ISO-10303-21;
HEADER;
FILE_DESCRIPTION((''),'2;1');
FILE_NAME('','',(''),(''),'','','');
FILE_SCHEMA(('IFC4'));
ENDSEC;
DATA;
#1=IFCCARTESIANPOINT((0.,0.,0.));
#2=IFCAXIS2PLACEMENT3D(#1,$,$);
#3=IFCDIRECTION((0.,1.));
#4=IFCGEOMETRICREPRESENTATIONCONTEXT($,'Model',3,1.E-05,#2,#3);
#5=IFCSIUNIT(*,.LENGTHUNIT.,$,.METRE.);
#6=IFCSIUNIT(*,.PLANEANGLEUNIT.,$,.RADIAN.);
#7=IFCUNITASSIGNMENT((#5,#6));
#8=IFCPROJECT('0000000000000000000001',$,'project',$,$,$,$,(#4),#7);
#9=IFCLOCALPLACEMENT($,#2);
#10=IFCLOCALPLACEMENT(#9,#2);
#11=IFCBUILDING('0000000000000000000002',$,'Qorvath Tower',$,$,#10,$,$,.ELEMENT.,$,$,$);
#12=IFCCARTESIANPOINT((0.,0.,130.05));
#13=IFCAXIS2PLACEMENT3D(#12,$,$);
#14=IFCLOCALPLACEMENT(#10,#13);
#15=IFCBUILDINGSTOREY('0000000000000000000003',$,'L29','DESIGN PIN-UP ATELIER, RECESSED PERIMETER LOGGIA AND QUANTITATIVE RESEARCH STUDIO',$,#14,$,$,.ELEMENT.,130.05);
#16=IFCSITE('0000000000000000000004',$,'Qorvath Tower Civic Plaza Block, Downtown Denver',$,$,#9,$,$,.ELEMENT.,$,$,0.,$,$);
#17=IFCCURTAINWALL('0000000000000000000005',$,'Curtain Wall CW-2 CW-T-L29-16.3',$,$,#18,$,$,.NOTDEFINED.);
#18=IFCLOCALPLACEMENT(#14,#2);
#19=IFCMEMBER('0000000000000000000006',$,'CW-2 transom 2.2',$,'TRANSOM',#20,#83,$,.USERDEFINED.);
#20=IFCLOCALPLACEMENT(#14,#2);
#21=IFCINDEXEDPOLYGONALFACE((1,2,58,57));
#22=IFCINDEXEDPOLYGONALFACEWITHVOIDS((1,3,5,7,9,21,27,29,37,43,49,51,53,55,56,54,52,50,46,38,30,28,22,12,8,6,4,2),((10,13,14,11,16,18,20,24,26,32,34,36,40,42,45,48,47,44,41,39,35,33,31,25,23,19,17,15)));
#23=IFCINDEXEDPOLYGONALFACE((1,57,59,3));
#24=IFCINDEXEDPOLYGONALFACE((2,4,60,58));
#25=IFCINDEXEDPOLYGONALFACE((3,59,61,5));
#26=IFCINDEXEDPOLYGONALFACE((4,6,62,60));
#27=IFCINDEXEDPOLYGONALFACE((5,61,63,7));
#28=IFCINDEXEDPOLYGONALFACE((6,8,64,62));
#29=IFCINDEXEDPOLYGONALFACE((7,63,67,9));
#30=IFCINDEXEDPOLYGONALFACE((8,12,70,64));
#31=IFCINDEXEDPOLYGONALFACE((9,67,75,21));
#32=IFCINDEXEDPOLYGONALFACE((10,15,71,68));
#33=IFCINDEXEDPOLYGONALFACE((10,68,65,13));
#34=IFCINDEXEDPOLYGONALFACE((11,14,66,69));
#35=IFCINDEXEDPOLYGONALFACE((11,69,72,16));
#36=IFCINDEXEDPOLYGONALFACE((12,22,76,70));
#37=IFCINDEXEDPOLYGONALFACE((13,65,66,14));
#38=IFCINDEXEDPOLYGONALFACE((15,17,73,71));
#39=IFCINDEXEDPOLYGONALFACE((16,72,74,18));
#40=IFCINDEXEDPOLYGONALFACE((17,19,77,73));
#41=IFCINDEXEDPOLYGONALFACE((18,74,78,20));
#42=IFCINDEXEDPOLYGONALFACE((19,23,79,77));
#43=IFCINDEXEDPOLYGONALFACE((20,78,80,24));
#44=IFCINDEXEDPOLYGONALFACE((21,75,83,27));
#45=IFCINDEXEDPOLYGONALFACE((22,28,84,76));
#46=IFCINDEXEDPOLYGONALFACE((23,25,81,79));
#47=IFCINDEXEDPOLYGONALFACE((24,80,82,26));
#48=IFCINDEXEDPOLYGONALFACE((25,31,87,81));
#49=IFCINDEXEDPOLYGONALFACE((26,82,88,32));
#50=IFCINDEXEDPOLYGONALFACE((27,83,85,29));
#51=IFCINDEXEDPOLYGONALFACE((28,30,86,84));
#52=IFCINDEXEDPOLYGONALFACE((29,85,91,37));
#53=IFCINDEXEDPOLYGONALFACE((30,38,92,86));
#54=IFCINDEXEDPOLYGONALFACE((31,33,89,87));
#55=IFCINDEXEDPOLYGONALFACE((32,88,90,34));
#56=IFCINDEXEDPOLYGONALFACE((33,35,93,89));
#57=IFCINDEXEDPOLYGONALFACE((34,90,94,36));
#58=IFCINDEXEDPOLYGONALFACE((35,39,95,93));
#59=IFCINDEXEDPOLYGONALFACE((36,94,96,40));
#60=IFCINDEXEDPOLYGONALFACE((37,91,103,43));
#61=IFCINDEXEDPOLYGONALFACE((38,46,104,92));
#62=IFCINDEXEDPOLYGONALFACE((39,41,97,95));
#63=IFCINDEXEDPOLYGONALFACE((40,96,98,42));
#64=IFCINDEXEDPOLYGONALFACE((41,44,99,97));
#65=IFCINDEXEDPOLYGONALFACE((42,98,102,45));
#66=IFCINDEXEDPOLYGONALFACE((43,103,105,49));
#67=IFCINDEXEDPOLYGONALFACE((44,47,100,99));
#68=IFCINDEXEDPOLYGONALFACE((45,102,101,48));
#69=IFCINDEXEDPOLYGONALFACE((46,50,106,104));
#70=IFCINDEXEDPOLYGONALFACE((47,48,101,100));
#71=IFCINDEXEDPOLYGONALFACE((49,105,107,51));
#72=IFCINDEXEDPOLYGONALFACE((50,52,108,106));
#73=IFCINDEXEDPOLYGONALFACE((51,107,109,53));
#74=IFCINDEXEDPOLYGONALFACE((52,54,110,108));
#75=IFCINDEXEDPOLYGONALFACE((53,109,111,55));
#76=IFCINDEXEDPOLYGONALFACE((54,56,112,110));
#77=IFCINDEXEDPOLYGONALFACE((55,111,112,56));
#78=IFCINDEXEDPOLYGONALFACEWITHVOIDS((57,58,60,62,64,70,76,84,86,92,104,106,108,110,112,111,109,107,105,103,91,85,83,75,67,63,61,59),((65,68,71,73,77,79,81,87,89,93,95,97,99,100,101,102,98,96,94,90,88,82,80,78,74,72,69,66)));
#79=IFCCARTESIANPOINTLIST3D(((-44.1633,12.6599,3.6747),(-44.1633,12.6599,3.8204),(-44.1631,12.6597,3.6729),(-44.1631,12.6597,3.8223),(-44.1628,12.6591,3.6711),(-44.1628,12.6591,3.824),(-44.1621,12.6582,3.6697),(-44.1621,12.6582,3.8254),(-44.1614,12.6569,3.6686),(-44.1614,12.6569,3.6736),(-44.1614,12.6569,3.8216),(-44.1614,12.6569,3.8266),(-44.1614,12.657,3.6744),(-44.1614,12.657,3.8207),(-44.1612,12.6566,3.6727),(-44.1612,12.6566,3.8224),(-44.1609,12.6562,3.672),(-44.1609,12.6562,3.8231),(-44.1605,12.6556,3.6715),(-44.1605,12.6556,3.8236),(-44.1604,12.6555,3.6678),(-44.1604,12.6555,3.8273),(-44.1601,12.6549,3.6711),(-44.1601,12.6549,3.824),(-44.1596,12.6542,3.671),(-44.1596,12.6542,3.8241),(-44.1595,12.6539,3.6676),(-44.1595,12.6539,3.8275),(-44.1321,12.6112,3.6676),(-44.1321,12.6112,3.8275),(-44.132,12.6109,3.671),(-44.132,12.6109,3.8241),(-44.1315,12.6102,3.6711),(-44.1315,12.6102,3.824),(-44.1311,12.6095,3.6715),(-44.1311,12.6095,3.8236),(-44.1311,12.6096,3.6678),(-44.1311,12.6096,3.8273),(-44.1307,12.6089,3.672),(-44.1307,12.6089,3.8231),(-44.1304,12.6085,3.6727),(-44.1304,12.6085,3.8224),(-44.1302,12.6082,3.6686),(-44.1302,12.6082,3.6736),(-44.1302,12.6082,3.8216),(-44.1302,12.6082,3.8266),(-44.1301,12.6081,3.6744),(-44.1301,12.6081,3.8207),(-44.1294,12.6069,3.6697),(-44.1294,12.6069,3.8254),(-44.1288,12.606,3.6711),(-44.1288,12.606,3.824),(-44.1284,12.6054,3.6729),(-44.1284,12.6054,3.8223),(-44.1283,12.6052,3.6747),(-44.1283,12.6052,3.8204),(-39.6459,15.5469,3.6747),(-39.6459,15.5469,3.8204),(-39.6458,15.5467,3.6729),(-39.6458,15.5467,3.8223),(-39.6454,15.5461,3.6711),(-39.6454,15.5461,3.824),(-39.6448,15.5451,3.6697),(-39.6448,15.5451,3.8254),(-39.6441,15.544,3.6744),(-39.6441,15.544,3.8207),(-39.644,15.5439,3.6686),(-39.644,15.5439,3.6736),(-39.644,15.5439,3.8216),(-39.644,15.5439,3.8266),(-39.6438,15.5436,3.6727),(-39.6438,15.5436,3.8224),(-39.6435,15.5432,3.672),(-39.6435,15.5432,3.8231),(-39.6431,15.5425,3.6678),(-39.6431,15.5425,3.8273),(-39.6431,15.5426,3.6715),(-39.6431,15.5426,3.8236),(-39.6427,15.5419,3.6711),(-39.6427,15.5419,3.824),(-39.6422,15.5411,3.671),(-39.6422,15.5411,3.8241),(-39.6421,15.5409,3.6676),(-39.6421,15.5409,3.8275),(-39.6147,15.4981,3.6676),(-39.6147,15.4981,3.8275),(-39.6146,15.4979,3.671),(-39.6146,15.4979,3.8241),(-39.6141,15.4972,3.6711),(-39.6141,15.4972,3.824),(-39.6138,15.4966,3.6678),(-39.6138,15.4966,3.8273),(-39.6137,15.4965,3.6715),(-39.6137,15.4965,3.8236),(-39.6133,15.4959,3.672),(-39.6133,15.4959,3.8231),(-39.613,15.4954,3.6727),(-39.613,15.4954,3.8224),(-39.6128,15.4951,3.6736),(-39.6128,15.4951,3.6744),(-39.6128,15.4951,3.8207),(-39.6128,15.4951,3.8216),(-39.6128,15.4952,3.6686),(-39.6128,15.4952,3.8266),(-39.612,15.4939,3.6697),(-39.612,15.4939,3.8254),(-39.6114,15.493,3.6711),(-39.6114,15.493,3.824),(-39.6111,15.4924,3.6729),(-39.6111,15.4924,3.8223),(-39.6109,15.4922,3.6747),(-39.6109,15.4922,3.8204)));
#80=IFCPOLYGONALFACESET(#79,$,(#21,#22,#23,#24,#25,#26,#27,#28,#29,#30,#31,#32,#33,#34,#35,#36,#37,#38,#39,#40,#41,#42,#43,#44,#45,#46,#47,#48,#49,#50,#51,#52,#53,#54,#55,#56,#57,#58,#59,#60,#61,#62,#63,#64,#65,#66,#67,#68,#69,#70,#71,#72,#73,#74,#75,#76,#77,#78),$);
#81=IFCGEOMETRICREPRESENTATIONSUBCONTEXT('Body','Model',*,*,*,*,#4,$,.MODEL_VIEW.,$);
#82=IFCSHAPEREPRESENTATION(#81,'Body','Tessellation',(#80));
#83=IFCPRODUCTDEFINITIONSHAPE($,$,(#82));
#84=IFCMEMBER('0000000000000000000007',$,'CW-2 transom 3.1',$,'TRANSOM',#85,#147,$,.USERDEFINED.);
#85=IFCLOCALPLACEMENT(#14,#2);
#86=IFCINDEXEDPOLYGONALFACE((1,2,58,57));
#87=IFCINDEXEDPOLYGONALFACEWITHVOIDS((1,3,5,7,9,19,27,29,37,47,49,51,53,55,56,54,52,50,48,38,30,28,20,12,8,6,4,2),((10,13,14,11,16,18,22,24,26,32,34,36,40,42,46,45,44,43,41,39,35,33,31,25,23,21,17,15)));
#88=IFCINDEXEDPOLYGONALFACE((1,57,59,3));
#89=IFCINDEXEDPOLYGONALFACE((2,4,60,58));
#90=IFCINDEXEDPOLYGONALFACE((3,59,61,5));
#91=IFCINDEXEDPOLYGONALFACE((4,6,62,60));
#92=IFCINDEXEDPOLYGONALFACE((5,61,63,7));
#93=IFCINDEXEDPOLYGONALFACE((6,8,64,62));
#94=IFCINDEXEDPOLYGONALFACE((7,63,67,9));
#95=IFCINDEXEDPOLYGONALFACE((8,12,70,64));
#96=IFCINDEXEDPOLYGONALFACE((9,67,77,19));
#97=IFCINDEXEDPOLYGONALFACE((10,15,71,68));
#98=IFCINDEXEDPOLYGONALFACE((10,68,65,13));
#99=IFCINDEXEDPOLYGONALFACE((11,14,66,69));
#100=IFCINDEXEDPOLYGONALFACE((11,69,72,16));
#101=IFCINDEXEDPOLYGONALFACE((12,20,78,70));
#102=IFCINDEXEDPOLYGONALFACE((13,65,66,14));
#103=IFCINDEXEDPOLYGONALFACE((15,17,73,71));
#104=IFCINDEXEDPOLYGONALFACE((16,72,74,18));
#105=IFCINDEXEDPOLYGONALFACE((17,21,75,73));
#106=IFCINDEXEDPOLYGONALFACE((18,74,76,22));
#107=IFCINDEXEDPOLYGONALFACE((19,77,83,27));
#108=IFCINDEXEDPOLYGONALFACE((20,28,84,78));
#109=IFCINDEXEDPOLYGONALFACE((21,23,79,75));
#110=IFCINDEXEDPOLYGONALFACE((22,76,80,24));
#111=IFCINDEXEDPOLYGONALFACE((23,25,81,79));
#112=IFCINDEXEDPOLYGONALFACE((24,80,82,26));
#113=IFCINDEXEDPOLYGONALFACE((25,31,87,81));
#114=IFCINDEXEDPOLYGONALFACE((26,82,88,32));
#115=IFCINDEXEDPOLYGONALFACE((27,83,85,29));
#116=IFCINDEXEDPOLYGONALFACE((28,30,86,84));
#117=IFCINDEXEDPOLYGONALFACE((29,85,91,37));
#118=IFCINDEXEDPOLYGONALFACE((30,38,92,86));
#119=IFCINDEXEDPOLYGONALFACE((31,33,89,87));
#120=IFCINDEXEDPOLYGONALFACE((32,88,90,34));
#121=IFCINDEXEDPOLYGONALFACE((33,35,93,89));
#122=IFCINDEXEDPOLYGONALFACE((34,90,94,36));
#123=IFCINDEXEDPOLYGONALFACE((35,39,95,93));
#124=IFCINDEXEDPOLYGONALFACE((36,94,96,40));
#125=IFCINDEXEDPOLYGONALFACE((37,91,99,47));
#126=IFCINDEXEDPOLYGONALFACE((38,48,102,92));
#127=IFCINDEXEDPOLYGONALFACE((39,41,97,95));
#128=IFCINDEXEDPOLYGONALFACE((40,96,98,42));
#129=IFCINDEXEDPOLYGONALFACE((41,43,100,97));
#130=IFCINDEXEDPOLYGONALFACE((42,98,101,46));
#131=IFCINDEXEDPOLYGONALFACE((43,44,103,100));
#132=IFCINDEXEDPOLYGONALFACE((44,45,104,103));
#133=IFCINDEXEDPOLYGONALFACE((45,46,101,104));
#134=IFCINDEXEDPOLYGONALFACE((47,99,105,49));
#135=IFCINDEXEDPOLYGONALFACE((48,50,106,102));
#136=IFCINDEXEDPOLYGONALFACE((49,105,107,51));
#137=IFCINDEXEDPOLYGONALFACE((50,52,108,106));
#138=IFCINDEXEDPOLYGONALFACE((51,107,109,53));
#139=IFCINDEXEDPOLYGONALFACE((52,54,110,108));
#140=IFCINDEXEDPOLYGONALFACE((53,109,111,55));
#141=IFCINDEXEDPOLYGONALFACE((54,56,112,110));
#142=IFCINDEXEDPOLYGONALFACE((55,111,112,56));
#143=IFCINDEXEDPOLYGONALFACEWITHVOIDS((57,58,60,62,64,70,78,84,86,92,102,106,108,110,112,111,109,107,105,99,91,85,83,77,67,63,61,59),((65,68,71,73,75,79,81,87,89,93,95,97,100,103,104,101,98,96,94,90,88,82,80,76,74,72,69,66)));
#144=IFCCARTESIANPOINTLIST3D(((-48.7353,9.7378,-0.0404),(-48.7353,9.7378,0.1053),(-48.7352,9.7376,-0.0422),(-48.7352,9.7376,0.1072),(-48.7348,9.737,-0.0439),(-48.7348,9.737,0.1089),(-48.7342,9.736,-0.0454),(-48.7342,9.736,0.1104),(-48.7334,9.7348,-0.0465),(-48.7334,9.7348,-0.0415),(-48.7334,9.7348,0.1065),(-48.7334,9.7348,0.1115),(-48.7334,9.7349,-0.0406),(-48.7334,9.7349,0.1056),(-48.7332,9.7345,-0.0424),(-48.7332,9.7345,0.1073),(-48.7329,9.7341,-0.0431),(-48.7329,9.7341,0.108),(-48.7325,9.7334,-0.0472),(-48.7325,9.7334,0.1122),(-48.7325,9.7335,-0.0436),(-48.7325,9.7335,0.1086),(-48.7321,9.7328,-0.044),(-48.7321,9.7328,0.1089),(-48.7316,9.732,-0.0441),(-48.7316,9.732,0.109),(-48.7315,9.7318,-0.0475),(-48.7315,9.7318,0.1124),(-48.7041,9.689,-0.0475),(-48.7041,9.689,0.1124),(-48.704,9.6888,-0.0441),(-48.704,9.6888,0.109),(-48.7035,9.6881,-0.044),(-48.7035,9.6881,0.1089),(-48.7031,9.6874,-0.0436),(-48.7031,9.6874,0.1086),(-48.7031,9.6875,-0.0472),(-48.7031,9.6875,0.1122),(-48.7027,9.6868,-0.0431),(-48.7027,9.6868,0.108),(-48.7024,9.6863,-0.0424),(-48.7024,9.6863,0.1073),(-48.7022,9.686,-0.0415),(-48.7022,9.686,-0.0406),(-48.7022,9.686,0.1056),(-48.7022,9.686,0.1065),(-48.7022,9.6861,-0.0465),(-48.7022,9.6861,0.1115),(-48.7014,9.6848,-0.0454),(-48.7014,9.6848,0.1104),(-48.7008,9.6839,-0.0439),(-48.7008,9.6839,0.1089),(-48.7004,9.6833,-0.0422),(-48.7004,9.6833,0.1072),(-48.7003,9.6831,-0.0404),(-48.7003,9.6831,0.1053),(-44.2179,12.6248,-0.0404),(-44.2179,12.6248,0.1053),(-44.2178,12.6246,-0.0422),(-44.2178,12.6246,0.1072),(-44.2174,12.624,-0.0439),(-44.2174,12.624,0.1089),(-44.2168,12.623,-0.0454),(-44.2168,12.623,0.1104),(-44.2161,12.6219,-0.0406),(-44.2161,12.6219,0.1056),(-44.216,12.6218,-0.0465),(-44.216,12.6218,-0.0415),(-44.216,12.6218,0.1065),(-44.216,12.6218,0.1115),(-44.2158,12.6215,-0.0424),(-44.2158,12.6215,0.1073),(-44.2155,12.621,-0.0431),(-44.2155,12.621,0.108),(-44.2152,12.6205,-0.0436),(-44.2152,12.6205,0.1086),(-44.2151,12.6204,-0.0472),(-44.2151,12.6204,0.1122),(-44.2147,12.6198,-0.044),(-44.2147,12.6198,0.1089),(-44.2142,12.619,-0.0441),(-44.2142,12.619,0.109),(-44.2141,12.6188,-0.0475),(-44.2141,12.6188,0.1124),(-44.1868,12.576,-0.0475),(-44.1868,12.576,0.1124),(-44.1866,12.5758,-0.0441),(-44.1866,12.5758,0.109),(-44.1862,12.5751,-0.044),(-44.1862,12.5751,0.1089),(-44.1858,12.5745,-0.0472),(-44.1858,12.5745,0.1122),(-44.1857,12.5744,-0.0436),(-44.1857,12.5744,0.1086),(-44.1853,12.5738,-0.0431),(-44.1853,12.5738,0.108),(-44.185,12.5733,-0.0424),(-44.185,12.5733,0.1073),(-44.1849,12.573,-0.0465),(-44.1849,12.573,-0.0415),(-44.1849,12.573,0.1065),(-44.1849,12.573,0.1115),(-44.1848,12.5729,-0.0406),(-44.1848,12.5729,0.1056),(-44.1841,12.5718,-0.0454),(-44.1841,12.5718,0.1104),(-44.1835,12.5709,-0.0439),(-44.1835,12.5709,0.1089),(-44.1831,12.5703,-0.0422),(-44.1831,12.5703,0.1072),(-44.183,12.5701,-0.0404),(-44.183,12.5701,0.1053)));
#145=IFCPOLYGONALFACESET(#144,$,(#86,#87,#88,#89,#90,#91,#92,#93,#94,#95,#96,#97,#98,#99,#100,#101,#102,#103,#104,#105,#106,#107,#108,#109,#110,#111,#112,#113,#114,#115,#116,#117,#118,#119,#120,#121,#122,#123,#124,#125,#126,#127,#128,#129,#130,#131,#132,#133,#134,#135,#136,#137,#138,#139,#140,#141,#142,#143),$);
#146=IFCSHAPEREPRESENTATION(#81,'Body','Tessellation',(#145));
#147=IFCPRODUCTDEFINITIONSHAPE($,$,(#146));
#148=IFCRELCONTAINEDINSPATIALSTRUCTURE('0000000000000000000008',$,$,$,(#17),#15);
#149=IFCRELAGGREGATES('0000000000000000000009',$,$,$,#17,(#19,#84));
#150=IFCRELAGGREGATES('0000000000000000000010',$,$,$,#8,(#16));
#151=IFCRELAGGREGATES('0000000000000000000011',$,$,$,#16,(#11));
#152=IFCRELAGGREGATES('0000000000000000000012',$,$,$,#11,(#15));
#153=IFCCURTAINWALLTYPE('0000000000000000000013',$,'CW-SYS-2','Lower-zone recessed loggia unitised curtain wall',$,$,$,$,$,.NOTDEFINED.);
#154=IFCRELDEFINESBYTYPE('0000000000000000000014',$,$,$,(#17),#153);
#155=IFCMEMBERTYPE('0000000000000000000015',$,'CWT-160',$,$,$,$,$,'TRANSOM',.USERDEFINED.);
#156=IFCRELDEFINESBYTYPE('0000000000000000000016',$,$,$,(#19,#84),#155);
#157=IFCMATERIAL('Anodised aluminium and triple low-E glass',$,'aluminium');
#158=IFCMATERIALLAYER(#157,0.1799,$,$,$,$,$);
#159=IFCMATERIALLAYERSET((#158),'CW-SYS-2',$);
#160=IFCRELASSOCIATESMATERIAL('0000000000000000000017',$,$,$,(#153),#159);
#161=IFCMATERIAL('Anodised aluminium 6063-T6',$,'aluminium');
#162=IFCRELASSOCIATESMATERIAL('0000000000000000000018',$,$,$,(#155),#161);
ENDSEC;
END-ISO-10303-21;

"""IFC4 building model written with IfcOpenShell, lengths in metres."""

from ifc_helpers import new_model, si_unit, direction, frame, origin, origin_2d, place, context, subcontext, project, spatial, hollow_rectangle, extrude, material, layer, layer_set, material_profile, profile_set, type_object, element, aggregate, save


model = new_model("IFC4")

# Units and contexts
model_context = context("Model", 3, precision=1e-05, world=origin(), true_north=direction((0.0, 1.0)))
body_context = subcontext(model_context, "Body", "Model", "MODEL_VIEW")
ifc_project = project(units=[si_unit("LENGTHUNIT", "METRE"), si_unit("PLANEANGLEUNIT", "RADIAN")], contexts=[model_context])

# Site, building, storey
site_placement = place(None, origin())
site = spatial("IfcSite", under=ifc_project, at=site_placement, Name="Qorvath Tower Civic Plaza Block, Downtown Denver", CompositionType="ELEMENT", RefElevation=0.0)
building_placement = place(site_placement, origin())
building = spatial("IfcBuilding", under=site, at=building_placement, Name="Qorvath Tower", CompositionType="ELEMENT")
storey_placement = place(building_placement, frame((0.0, 0.0, 130.05)))
storey = spatial("IfcBuildingStorey", under=building, at=storey_placement, Name="L29", Description="DESIGN PIN-UP ATELIER, RECESSED PERIMETER LOGGIA AND QUANTITATIVE RESEARCH STUDIO", CompositionType="ELEMENT", Elevation=130.05)

# Curtain wall, members
ifc_material_1 = material(Name="Anodised aluminium and triple low-E glass", Category="aluminium")
ifc_layer_1 = layer(ifc_material_1, 0.1799)
ifc_layer_set_1 = layer_set([ifc_layer_1], Name="CW-SYS-2")
curtain_wall_type = type_object("IfcCurtainWallType", Name="CW-SYS-2", Description="Lower-zone recessed loggia unitised curtain wall", PredefinedType="NOTDEFINED", material=ifc_layer_set_1)
curtain_wall_placement = place(storey_placement, origin())
curtain_wall = element("IfcCurtainWall", 1, at=curtain_wall_placement, inside=storey, type_object=curtain_wall_type, Name="Curtain Wall CW-2 CW-T-L29-16.3", PredefinedType="NOTDEFINED")
ifc_material_2 = material(Name="Anodised aluminium 6063-T6", Category="aluminium")
ifc_material_profile_1 = material_profile(ifc_material_2, hollow_rectangle(XDim=0.0649, YDim=0.1599, WallThickness=0.0034, InnerFilletRadius=0.0034, OuterFilletRadius=0.0071, at=origin_2d()), Name="CWT 160x65")
ifc_profile_set_1 = profile_set([ifc_material_profile_1], Name="Anodised aluminium 6063-T6")
member_type_1 = type_object("IfcMemberType", Name="CWT-160", ElementType="TRANSOM", PredefinedType="USERDEFINED", material=ifc_profile_set_1)
member_1_placement = place(storey_placement, frame((-39.6284, 15.5195, 3.7476), z_axis=(-0.842621, -0.538507, 0.0), x_axis=(0.538507, -0.842621, 0.0)))
member_1 = element("IfcMember", 2, at=member_1_placement, type_object=member_type_1, Name="CW-2 transom 2.2", ObjectType="TRANSOM", PredefinedType="USERDEFINED", context=body_context, shape_type="SweptSolid", body=[
    extrude(hollow_rectangle(XDim=0.0649, YDim=0.1599, WallThickness=0.0034, InnerFilletRadius=0.0034, OuterFilletRadius=0.0071, at=origin_2d()), origin(), (0.0, 0.0, 1.0), 5.3611),
])
member_2_placement = place(storey_placement, frame((-44.2004, 12.5974, 0.0325), z_axis=(-0.842621, -0.538507, 0.0), x_axis=(0.538507, -0.842621, 0.0)))
member_2 = element("IfcMember", 3, at=member_2_placement, type_object=member_type_1, Name="CW-2 transom 3.1", ObjectType="TRANSOM", PredefinedType="USERDEFINED", context=body_context, shape_type="SweptSolid", body=[
    extrude(hollow_rectangle(XDim=0.0649, YDim=0.1599, WallThickness=0.0034, InnerFilletRadius=0.0034, OuterFilletRadius=0.0071, at=origin_2d()), origin(), (0.0, 0.0, 1.0), 5.3611),
])
aggregate(curtain_wall, [member_1, member_2])

save(model, "model.ifc")
